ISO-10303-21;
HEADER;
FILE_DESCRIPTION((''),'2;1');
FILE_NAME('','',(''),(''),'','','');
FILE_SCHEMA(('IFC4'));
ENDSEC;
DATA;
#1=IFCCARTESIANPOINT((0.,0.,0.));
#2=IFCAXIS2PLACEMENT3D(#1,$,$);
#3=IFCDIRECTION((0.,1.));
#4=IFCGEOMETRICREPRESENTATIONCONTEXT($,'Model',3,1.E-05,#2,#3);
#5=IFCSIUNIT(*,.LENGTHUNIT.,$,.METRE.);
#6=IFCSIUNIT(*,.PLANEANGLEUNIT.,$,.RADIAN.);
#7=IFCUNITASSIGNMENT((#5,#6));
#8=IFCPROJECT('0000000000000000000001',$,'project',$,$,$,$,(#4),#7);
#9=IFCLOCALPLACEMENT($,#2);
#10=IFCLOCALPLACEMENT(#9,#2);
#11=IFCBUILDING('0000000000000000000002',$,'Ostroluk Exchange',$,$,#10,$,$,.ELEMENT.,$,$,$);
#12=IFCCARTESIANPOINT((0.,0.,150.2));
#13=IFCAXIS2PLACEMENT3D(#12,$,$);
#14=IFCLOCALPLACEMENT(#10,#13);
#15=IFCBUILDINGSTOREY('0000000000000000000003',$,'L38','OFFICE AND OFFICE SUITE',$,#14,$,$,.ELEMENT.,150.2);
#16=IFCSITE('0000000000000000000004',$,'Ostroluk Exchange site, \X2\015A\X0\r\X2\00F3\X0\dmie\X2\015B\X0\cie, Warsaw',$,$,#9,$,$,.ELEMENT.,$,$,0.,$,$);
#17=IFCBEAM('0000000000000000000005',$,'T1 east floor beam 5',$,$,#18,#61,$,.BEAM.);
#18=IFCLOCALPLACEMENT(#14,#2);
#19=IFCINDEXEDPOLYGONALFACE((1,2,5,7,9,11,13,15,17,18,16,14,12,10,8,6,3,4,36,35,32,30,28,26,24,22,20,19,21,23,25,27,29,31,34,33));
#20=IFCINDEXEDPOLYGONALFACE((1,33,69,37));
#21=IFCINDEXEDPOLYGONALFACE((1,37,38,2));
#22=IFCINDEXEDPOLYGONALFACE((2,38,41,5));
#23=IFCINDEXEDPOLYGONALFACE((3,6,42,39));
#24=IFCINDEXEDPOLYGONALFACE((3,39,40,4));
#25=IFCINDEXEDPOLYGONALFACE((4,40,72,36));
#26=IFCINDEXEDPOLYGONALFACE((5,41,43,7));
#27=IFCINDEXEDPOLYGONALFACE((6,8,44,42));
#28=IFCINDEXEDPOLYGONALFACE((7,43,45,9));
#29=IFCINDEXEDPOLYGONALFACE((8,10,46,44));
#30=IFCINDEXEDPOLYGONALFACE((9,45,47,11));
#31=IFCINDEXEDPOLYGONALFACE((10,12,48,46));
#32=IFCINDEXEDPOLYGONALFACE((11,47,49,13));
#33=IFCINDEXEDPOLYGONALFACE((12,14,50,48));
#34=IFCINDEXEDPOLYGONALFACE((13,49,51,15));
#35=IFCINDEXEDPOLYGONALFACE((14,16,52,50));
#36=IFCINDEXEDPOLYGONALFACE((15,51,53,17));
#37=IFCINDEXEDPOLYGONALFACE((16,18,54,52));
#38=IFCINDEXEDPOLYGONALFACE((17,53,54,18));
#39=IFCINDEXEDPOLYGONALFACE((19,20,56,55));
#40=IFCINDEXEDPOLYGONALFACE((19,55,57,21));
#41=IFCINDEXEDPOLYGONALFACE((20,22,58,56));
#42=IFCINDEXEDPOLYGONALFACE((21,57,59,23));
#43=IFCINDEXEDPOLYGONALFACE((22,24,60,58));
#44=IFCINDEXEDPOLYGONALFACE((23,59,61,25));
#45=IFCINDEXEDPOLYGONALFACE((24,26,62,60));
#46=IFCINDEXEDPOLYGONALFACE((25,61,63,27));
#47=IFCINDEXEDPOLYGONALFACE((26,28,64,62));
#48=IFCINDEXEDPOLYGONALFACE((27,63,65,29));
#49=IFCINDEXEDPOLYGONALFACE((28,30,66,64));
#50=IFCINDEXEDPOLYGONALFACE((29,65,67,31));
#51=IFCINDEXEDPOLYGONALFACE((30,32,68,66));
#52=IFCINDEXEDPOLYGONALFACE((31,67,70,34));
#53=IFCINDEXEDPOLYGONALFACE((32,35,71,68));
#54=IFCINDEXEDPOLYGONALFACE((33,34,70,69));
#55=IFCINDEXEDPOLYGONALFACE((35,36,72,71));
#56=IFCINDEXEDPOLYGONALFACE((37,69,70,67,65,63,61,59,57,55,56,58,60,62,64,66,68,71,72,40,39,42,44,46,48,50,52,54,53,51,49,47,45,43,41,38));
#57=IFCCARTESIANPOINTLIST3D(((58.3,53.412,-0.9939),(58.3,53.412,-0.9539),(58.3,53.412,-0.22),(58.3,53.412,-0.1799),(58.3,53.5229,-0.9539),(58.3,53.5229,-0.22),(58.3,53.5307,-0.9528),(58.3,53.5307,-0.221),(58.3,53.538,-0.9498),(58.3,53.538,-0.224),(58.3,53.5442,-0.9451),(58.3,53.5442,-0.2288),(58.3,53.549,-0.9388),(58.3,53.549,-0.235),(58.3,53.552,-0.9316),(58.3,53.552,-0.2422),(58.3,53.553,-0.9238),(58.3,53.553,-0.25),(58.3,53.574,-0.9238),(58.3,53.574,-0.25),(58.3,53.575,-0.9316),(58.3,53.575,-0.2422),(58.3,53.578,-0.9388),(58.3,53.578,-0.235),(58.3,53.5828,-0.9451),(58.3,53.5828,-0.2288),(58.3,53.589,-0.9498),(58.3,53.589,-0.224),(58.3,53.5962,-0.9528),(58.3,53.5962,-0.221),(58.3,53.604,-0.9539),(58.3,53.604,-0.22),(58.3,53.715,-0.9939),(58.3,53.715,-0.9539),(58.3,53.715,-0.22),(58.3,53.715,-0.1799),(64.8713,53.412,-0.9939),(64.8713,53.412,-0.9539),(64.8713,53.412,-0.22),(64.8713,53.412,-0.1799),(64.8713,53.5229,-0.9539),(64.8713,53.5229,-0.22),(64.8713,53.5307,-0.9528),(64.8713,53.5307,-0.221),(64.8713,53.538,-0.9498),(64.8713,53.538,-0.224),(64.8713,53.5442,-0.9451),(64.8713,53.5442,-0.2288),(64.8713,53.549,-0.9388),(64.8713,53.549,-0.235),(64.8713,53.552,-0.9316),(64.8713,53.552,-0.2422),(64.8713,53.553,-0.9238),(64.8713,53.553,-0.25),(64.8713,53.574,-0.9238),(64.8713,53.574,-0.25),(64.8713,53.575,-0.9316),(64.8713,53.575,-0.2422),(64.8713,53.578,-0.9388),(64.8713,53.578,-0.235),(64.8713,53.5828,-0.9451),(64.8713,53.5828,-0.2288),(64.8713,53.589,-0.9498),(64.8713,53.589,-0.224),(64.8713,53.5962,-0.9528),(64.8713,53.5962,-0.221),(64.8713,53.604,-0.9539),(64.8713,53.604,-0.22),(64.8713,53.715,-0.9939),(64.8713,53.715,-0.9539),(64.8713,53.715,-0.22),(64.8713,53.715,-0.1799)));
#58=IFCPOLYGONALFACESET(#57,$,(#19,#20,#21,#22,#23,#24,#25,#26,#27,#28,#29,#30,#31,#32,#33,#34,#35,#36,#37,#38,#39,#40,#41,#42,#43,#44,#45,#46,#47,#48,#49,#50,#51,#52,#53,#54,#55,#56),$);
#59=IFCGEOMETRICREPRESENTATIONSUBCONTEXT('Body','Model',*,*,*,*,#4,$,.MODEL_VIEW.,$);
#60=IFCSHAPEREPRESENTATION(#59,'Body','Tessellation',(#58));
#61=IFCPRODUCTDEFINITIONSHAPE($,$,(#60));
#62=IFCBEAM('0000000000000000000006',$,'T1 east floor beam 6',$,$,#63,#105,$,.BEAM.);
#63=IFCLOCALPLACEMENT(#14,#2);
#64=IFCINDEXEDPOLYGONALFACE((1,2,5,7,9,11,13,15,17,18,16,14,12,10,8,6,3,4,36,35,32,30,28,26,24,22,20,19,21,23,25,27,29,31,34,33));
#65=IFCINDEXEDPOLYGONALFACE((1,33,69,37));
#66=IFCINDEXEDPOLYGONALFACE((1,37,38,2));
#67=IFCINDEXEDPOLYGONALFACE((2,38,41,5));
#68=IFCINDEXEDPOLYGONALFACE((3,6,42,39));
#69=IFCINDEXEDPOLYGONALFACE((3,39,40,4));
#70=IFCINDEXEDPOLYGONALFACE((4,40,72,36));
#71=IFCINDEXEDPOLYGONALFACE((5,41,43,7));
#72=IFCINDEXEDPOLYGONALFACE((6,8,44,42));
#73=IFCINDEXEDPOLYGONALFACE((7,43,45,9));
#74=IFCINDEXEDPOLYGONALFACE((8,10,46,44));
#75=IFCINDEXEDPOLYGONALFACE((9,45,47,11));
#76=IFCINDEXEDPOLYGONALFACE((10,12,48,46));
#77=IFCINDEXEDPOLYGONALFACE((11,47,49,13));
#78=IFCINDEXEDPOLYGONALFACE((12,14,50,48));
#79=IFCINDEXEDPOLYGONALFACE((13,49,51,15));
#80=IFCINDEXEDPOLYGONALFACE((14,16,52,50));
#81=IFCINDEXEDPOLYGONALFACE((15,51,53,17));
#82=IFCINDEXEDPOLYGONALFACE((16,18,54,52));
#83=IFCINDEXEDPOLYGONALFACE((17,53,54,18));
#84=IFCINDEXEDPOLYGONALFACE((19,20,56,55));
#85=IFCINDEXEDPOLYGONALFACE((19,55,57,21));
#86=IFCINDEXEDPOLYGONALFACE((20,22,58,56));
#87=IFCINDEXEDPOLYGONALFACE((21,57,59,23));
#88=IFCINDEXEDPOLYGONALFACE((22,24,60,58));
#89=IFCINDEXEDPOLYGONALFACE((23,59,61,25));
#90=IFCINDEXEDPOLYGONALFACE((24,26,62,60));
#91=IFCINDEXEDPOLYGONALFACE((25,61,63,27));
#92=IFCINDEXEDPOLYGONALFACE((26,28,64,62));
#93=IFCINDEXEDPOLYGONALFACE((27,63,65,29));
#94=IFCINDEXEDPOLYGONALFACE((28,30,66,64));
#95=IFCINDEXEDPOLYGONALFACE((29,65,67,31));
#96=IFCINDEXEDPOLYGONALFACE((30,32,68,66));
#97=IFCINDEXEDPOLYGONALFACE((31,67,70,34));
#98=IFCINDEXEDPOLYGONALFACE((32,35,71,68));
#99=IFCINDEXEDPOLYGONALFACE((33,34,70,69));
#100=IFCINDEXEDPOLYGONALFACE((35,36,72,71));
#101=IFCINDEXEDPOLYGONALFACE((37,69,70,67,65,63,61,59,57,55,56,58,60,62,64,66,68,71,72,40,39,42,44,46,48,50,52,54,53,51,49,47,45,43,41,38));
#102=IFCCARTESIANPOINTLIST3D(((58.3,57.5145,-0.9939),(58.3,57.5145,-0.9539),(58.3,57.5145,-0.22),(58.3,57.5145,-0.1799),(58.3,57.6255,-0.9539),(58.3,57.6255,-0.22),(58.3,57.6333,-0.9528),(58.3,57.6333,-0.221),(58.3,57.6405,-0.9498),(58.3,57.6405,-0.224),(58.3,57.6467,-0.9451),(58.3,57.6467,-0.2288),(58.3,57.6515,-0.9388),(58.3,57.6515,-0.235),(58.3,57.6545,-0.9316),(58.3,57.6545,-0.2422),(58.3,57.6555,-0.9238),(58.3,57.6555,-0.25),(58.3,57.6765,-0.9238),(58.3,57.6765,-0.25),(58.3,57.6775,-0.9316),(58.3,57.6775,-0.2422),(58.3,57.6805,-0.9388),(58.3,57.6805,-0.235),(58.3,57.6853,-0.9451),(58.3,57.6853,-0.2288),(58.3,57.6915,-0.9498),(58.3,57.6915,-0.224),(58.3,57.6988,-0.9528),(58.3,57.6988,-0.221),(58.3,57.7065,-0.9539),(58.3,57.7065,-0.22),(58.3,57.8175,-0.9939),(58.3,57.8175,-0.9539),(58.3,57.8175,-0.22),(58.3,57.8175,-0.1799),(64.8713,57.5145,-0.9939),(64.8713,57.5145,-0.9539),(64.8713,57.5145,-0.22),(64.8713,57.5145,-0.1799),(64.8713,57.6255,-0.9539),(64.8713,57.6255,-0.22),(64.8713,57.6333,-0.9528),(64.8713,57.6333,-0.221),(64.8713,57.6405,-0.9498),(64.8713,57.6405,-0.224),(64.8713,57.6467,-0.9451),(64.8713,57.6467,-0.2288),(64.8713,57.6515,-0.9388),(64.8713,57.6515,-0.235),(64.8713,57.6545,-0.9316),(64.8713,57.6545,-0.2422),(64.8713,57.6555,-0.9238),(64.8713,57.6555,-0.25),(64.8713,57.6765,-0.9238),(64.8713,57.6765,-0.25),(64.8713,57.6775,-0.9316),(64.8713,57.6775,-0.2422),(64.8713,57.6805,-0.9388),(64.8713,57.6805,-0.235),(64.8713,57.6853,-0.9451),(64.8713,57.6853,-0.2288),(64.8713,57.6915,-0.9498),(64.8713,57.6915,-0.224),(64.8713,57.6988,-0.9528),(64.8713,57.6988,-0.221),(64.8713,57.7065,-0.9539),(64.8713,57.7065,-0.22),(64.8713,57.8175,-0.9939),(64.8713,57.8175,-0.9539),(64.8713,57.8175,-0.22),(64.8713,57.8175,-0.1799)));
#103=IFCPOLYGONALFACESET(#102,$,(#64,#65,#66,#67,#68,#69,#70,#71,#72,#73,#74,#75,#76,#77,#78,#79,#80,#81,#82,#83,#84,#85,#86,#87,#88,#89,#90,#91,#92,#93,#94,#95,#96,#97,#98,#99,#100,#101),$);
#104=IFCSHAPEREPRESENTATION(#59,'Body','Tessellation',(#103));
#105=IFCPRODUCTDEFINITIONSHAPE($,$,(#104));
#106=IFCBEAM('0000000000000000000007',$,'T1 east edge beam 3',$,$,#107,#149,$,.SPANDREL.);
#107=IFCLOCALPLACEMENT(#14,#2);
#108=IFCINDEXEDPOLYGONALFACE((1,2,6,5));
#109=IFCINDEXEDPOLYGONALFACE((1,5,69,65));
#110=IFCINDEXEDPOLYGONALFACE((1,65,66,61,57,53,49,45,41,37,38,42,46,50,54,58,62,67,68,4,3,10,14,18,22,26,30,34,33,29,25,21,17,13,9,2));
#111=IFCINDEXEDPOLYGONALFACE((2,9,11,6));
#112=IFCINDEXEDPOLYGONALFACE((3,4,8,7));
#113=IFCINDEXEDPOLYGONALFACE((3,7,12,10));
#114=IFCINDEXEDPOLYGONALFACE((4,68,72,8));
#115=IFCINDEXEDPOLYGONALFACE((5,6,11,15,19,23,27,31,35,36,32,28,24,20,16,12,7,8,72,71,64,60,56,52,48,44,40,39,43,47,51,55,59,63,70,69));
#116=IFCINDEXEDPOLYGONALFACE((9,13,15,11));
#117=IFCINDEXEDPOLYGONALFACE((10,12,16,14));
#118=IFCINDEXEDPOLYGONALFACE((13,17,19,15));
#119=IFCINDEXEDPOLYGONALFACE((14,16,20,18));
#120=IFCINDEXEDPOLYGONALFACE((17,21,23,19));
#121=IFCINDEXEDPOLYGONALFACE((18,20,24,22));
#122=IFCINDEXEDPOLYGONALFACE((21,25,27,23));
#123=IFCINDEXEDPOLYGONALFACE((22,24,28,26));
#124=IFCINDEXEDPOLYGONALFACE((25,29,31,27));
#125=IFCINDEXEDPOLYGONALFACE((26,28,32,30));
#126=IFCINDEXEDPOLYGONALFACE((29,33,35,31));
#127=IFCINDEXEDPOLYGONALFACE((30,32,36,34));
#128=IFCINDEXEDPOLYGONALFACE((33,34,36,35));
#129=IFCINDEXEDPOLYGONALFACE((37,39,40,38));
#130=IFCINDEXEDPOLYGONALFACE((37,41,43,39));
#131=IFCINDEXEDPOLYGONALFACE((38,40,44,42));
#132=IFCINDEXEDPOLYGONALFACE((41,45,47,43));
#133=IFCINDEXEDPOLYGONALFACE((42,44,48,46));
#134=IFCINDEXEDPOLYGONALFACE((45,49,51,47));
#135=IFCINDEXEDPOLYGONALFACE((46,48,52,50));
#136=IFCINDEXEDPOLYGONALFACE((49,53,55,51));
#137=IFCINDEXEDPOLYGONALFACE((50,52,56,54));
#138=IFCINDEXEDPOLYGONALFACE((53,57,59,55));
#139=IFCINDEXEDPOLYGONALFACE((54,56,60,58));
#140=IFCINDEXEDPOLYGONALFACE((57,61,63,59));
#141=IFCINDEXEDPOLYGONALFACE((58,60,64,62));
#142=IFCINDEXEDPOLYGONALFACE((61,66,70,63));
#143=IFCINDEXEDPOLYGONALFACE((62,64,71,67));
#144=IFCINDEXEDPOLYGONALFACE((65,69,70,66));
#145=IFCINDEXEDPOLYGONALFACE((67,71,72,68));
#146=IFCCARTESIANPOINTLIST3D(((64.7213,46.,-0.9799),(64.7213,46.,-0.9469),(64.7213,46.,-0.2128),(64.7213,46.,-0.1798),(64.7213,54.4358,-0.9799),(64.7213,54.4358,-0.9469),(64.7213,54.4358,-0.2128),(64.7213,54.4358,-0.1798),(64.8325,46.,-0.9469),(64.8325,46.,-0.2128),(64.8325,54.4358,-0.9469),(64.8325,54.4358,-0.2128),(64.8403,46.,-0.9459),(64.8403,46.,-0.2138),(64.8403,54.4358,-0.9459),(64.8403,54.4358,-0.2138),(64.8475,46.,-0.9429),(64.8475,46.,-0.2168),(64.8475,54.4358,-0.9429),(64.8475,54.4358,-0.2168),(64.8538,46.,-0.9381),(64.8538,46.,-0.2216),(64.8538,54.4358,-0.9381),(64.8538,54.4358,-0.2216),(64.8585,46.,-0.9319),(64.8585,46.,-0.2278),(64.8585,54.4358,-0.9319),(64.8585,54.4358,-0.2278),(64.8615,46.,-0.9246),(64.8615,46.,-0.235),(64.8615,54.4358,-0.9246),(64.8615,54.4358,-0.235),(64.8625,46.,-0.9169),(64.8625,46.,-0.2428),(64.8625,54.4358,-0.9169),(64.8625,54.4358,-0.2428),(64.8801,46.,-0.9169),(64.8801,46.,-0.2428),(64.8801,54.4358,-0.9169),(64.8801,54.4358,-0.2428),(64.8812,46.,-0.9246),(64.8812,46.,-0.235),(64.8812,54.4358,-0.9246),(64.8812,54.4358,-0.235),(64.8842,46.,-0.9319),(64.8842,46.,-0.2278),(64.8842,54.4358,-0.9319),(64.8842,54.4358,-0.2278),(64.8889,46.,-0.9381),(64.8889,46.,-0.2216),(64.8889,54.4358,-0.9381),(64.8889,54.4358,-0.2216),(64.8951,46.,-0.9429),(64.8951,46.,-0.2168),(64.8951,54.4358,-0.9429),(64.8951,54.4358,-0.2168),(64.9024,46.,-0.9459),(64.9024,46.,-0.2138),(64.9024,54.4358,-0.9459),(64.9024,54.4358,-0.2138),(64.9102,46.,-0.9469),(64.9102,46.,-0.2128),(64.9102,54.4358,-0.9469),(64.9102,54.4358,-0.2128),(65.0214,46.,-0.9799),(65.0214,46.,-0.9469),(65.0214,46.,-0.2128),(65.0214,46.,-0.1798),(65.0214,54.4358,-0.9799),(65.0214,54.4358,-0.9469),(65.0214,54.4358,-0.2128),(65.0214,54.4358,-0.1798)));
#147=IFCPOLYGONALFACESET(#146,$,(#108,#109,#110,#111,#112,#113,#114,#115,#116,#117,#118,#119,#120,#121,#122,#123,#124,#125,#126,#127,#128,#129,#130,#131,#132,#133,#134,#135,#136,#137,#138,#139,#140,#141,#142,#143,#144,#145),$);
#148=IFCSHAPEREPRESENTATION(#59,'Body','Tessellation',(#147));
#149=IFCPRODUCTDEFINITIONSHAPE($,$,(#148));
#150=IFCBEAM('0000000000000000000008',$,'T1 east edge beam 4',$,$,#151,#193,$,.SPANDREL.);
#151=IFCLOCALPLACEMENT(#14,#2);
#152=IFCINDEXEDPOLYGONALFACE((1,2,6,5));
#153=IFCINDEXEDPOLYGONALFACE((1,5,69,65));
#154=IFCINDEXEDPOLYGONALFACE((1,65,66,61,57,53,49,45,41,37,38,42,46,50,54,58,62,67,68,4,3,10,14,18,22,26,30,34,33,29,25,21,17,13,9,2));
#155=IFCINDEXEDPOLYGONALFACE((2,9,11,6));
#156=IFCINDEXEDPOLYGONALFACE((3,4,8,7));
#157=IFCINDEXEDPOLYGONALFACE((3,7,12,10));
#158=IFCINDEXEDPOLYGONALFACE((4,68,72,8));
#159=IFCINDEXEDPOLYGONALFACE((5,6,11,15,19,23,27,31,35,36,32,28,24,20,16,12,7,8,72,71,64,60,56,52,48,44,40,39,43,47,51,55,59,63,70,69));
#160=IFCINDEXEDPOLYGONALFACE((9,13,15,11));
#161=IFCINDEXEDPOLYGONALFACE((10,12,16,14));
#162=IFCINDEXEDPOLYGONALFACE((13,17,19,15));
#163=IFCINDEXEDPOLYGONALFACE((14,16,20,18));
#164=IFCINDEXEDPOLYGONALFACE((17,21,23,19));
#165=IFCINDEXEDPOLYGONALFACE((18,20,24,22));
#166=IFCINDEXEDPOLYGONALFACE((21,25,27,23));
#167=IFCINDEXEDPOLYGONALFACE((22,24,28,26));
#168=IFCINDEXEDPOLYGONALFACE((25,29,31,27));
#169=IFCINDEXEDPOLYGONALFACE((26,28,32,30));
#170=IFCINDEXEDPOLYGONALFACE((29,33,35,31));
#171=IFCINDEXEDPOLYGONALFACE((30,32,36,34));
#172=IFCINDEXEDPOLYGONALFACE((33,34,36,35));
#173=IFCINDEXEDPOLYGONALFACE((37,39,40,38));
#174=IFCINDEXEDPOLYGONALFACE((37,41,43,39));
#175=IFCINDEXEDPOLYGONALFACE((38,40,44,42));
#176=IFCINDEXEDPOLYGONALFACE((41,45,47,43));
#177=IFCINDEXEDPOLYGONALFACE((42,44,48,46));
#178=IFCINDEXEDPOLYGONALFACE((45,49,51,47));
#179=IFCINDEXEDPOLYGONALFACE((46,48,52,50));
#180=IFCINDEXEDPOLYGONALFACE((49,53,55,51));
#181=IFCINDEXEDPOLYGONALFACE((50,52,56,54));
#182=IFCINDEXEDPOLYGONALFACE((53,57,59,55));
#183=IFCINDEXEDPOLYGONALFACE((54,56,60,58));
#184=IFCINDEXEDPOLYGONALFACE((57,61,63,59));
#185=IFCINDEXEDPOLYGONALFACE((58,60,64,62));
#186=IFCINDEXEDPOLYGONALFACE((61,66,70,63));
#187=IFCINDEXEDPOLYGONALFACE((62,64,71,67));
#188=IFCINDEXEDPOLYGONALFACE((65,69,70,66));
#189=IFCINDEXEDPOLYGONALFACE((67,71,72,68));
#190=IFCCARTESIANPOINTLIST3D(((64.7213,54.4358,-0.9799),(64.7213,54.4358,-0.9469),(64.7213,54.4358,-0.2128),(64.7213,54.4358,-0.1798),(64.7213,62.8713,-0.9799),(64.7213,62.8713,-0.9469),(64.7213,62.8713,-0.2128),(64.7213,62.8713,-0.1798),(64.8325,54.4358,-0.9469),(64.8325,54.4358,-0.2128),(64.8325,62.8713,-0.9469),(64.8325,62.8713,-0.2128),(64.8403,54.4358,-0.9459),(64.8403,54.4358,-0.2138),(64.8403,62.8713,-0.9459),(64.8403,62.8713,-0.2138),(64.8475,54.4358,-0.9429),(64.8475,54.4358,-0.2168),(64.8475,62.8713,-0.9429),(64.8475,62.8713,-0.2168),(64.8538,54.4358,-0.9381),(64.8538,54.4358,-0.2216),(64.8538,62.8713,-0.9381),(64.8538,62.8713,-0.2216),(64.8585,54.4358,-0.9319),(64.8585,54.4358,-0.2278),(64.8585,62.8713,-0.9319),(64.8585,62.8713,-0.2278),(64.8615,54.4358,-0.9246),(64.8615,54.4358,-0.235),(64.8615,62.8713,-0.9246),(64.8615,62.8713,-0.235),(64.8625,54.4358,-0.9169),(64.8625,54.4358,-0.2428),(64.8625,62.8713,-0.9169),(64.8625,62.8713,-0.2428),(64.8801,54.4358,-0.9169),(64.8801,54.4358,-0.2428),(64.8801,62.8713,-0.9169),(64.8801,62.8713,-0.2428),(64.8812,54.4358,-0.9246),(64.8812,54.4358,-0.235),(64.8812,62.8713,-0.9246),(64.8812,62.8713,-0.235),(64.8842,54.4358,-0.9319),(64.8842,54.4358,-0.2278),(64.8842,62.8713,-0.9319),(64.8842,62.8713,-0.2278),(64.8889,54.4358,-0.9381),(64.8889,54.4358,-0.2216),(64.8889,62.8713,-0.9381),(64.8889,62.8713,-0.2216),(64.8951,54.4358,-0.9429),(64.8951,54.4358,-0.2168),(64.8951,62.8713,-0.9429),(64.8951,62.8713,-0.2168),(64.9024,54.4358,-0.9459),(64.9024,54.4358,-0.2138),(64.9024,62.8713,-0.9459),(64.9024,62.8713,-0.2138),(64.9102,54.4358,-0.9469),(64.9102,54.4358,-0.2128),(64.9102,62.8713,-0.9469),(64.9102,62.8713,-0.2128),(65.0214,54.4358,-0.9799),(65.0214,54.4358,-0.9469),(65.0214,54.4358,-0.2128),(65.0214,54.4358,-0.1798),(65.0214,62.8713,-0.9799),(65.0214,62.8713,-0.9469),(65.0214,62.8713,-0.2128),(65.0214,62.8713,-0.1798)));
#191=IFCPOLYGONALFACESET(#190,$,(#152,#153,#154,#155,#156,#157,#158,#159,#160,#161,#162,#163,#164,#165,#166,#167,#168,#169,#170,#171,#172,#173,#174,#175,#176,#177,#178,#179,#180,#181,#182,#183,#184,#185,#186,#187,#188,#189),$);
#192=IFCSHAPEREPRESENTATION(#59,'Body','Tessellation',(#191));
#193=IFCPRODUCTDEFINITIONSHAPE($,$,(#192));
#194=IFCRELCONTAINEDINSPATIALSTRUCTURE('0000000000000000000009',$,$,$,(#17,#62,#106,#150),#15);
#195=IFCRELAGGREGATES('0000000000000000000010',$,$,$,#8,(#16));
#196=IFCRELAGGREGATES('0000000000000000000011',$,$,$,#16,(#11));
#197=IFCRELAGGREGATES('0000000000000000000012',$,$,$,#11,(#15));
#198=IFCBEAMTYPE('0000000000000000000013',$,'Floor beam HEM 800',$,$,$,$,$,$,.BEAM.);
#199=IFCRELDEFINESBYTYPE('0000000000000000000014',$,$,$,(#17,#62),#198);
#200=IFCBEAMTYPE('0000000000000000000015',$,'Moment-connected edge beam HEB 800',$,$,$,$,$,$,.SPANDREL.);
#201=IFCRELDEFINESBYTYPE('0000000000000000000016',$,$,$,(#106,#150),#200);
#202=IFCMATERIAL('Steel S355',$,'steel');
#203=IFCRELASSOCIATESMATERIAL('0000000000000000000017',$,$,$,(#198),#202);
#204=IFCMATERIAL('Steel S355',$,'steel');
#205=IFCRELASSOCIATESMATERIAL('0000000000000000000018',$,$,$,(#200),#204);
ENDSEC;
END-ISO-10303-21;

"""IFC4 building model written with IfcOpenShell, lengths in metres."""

from ifc_helpers import new_model, si_unit, direction, frame, origin, origin_2d, place, context, subcontext, project, spatial, i_section, extrude, material, material_profile, profile_set, type_object, element, save


model = new_model("IFC4")

# Units and contexts
model_context = context("Model", 3, precision=1e-05, world=origin(), true_north=direction((0.0, 1.0)))
body_context = subcontext(model_context, "Body", "Model", "MODEL_VIEW")
ifc_project = project(units=[si_unit("LENGTHUNIT", "METRE"), si_unit("PLANEANGLEUNIT", "RADIAN")], contexts=[model_context])

# Site, building, storey
site_placement = place(None, origin())
site = spatial("IfcSite", under=ifc_project, at=site_placement, Name="Ostroluk Exchange site, Śródmieście, Warsaw", CompositionType="ELEMENT", RefElevation=0.0)
building_placement = place(site_placement, origin())
building = spatial("IfcBuilding", under=site, at=building_placement, Name="Ostroluk Exchange", CompositionType="ELEMENT")
storey_placement = place(building_placement, frame((0.0, 0.0, 150.2)))
storey = spatial("IfcBuildingStorey", under=building, at=storey_placement, Name="L38", Description="OFFICE AND OFFICE SUITE", CompositionType="ELEMENT", Elevation=150.2)

# Beams
ifc_material_1 = material(Name="Steel S355", Category="steel")
ifc_material_profile_1 = material_profile(ifc_material_1, i_section(OverallWidth=0.303, OverallDepth=0.814, WebThickness=0.021, FlangeThickness=0.04, FilletRadius=0.03, at=origin_2d()), Name="HEM 800")
ifc_profile_set_1 = profile_set([ifc_material_profile_1], Name="Steel S355")
beam_type_1 = type_object("IfcBeamType", Name="Floor beam HEM 800", PredefinedType="BEAM", material=ifc_profile_set_1)
for number, where, z_axis, x_axis, name in (
    (1, (58.3, 53.5635, -0.5869), (1.0, 0.0, 0.0), (0.0, 1.0, 0.0), "T1 east floor beam 5"),
    (2, (58.3, 57.666, -0.5869), (1.0, 0.0, 0.0), (0.0, 1.0, 0.0), "T1 east floor beam 6"),
):
    element("IfcBeam", number, at=place(storey_placement, frame(where, z_axis=z_axis, x_axis=x_axis)), inside=storey, type_object=beam_type_1, Name=name, PredefinedType="BEAM", context=body_context, shape_type="SweptSolid", body=[
        extrude(i_section(OverallWidth=0.303, OverallDepth=0.814, WebThickness=0.021, FlangeThickness=0.04, FilletRadius=0.03, at=origin_2d()), origin(), (0.0, 0.0, 1.0), 6.5713),
    ])
ifc_material_2 = material(Name="Steel S355", Category="steel")
ifc_material_profile_2 = material_profile(ifc_material_2, i_section(OverallWidth=0.3, OverallDepth=0.8, WebThickness=0.0176, FlangeThickness=0.033, FilletRadius=0.03, at=origin_2d()), Name="HEB 800")
ifc_profile_set_2 = profile_set([ifc_material_profile_2], Name="Steel S355")
beam_type_2 = type_object("IfcBeamType", Name="Moment-connected edge beam HEB 800", PredefinedType="SPANDREL", material=ifc_profile_set_2)
beam_1_placement = place(storey_placement, frame((64.8713, 46.0, -0.5798), z_axis=(0.0, 1.0, 0.0), x_axis=(-1.0, 0.0, 0.0)))
element("IfcBeam", 3, at=beam_1_placement, inside=storey, type_object=beam_type_2, Name="T1 east edge beam 3", PredefinedType="SPANDREL", context=body_context, shape_type="SweptSolid", body=[
    extrude(i_section(OverallWidth=0.3, OverallDepth=0.8, WebThickness=0.0176, FlangeThickness=0.033, FilletRadius=0.03, at=origin_2d()), origin(), (0.0, 0.0, 1.0), 8.4358),
])
beam_2_placement = place(storey_placement, frame((64.8713, 54.4358, -0.5798), z_axis=(0.0, 1.0, 0.0), x_axis=(-1.0, 0.0, 0.0)))
element("IfcBeam", 4, at=beam_2_placement, inside=storey, type_object=beam_type_2, Name="T1 east edge beam 4", PredefinedType="SPANDREL", context=body_context, shape_type="SweptSolid", body=[
    extrude(i_section(OverallWidth=0.3, OverallDepth=0.8, WebThickness=0.0176, FlangeThickness=0.033, FilletRadius=0.03, at=origin_2d()), origin(), (0.0, 0.0, 1.0), 8.4355),
])

save(model, "model.ifc")
